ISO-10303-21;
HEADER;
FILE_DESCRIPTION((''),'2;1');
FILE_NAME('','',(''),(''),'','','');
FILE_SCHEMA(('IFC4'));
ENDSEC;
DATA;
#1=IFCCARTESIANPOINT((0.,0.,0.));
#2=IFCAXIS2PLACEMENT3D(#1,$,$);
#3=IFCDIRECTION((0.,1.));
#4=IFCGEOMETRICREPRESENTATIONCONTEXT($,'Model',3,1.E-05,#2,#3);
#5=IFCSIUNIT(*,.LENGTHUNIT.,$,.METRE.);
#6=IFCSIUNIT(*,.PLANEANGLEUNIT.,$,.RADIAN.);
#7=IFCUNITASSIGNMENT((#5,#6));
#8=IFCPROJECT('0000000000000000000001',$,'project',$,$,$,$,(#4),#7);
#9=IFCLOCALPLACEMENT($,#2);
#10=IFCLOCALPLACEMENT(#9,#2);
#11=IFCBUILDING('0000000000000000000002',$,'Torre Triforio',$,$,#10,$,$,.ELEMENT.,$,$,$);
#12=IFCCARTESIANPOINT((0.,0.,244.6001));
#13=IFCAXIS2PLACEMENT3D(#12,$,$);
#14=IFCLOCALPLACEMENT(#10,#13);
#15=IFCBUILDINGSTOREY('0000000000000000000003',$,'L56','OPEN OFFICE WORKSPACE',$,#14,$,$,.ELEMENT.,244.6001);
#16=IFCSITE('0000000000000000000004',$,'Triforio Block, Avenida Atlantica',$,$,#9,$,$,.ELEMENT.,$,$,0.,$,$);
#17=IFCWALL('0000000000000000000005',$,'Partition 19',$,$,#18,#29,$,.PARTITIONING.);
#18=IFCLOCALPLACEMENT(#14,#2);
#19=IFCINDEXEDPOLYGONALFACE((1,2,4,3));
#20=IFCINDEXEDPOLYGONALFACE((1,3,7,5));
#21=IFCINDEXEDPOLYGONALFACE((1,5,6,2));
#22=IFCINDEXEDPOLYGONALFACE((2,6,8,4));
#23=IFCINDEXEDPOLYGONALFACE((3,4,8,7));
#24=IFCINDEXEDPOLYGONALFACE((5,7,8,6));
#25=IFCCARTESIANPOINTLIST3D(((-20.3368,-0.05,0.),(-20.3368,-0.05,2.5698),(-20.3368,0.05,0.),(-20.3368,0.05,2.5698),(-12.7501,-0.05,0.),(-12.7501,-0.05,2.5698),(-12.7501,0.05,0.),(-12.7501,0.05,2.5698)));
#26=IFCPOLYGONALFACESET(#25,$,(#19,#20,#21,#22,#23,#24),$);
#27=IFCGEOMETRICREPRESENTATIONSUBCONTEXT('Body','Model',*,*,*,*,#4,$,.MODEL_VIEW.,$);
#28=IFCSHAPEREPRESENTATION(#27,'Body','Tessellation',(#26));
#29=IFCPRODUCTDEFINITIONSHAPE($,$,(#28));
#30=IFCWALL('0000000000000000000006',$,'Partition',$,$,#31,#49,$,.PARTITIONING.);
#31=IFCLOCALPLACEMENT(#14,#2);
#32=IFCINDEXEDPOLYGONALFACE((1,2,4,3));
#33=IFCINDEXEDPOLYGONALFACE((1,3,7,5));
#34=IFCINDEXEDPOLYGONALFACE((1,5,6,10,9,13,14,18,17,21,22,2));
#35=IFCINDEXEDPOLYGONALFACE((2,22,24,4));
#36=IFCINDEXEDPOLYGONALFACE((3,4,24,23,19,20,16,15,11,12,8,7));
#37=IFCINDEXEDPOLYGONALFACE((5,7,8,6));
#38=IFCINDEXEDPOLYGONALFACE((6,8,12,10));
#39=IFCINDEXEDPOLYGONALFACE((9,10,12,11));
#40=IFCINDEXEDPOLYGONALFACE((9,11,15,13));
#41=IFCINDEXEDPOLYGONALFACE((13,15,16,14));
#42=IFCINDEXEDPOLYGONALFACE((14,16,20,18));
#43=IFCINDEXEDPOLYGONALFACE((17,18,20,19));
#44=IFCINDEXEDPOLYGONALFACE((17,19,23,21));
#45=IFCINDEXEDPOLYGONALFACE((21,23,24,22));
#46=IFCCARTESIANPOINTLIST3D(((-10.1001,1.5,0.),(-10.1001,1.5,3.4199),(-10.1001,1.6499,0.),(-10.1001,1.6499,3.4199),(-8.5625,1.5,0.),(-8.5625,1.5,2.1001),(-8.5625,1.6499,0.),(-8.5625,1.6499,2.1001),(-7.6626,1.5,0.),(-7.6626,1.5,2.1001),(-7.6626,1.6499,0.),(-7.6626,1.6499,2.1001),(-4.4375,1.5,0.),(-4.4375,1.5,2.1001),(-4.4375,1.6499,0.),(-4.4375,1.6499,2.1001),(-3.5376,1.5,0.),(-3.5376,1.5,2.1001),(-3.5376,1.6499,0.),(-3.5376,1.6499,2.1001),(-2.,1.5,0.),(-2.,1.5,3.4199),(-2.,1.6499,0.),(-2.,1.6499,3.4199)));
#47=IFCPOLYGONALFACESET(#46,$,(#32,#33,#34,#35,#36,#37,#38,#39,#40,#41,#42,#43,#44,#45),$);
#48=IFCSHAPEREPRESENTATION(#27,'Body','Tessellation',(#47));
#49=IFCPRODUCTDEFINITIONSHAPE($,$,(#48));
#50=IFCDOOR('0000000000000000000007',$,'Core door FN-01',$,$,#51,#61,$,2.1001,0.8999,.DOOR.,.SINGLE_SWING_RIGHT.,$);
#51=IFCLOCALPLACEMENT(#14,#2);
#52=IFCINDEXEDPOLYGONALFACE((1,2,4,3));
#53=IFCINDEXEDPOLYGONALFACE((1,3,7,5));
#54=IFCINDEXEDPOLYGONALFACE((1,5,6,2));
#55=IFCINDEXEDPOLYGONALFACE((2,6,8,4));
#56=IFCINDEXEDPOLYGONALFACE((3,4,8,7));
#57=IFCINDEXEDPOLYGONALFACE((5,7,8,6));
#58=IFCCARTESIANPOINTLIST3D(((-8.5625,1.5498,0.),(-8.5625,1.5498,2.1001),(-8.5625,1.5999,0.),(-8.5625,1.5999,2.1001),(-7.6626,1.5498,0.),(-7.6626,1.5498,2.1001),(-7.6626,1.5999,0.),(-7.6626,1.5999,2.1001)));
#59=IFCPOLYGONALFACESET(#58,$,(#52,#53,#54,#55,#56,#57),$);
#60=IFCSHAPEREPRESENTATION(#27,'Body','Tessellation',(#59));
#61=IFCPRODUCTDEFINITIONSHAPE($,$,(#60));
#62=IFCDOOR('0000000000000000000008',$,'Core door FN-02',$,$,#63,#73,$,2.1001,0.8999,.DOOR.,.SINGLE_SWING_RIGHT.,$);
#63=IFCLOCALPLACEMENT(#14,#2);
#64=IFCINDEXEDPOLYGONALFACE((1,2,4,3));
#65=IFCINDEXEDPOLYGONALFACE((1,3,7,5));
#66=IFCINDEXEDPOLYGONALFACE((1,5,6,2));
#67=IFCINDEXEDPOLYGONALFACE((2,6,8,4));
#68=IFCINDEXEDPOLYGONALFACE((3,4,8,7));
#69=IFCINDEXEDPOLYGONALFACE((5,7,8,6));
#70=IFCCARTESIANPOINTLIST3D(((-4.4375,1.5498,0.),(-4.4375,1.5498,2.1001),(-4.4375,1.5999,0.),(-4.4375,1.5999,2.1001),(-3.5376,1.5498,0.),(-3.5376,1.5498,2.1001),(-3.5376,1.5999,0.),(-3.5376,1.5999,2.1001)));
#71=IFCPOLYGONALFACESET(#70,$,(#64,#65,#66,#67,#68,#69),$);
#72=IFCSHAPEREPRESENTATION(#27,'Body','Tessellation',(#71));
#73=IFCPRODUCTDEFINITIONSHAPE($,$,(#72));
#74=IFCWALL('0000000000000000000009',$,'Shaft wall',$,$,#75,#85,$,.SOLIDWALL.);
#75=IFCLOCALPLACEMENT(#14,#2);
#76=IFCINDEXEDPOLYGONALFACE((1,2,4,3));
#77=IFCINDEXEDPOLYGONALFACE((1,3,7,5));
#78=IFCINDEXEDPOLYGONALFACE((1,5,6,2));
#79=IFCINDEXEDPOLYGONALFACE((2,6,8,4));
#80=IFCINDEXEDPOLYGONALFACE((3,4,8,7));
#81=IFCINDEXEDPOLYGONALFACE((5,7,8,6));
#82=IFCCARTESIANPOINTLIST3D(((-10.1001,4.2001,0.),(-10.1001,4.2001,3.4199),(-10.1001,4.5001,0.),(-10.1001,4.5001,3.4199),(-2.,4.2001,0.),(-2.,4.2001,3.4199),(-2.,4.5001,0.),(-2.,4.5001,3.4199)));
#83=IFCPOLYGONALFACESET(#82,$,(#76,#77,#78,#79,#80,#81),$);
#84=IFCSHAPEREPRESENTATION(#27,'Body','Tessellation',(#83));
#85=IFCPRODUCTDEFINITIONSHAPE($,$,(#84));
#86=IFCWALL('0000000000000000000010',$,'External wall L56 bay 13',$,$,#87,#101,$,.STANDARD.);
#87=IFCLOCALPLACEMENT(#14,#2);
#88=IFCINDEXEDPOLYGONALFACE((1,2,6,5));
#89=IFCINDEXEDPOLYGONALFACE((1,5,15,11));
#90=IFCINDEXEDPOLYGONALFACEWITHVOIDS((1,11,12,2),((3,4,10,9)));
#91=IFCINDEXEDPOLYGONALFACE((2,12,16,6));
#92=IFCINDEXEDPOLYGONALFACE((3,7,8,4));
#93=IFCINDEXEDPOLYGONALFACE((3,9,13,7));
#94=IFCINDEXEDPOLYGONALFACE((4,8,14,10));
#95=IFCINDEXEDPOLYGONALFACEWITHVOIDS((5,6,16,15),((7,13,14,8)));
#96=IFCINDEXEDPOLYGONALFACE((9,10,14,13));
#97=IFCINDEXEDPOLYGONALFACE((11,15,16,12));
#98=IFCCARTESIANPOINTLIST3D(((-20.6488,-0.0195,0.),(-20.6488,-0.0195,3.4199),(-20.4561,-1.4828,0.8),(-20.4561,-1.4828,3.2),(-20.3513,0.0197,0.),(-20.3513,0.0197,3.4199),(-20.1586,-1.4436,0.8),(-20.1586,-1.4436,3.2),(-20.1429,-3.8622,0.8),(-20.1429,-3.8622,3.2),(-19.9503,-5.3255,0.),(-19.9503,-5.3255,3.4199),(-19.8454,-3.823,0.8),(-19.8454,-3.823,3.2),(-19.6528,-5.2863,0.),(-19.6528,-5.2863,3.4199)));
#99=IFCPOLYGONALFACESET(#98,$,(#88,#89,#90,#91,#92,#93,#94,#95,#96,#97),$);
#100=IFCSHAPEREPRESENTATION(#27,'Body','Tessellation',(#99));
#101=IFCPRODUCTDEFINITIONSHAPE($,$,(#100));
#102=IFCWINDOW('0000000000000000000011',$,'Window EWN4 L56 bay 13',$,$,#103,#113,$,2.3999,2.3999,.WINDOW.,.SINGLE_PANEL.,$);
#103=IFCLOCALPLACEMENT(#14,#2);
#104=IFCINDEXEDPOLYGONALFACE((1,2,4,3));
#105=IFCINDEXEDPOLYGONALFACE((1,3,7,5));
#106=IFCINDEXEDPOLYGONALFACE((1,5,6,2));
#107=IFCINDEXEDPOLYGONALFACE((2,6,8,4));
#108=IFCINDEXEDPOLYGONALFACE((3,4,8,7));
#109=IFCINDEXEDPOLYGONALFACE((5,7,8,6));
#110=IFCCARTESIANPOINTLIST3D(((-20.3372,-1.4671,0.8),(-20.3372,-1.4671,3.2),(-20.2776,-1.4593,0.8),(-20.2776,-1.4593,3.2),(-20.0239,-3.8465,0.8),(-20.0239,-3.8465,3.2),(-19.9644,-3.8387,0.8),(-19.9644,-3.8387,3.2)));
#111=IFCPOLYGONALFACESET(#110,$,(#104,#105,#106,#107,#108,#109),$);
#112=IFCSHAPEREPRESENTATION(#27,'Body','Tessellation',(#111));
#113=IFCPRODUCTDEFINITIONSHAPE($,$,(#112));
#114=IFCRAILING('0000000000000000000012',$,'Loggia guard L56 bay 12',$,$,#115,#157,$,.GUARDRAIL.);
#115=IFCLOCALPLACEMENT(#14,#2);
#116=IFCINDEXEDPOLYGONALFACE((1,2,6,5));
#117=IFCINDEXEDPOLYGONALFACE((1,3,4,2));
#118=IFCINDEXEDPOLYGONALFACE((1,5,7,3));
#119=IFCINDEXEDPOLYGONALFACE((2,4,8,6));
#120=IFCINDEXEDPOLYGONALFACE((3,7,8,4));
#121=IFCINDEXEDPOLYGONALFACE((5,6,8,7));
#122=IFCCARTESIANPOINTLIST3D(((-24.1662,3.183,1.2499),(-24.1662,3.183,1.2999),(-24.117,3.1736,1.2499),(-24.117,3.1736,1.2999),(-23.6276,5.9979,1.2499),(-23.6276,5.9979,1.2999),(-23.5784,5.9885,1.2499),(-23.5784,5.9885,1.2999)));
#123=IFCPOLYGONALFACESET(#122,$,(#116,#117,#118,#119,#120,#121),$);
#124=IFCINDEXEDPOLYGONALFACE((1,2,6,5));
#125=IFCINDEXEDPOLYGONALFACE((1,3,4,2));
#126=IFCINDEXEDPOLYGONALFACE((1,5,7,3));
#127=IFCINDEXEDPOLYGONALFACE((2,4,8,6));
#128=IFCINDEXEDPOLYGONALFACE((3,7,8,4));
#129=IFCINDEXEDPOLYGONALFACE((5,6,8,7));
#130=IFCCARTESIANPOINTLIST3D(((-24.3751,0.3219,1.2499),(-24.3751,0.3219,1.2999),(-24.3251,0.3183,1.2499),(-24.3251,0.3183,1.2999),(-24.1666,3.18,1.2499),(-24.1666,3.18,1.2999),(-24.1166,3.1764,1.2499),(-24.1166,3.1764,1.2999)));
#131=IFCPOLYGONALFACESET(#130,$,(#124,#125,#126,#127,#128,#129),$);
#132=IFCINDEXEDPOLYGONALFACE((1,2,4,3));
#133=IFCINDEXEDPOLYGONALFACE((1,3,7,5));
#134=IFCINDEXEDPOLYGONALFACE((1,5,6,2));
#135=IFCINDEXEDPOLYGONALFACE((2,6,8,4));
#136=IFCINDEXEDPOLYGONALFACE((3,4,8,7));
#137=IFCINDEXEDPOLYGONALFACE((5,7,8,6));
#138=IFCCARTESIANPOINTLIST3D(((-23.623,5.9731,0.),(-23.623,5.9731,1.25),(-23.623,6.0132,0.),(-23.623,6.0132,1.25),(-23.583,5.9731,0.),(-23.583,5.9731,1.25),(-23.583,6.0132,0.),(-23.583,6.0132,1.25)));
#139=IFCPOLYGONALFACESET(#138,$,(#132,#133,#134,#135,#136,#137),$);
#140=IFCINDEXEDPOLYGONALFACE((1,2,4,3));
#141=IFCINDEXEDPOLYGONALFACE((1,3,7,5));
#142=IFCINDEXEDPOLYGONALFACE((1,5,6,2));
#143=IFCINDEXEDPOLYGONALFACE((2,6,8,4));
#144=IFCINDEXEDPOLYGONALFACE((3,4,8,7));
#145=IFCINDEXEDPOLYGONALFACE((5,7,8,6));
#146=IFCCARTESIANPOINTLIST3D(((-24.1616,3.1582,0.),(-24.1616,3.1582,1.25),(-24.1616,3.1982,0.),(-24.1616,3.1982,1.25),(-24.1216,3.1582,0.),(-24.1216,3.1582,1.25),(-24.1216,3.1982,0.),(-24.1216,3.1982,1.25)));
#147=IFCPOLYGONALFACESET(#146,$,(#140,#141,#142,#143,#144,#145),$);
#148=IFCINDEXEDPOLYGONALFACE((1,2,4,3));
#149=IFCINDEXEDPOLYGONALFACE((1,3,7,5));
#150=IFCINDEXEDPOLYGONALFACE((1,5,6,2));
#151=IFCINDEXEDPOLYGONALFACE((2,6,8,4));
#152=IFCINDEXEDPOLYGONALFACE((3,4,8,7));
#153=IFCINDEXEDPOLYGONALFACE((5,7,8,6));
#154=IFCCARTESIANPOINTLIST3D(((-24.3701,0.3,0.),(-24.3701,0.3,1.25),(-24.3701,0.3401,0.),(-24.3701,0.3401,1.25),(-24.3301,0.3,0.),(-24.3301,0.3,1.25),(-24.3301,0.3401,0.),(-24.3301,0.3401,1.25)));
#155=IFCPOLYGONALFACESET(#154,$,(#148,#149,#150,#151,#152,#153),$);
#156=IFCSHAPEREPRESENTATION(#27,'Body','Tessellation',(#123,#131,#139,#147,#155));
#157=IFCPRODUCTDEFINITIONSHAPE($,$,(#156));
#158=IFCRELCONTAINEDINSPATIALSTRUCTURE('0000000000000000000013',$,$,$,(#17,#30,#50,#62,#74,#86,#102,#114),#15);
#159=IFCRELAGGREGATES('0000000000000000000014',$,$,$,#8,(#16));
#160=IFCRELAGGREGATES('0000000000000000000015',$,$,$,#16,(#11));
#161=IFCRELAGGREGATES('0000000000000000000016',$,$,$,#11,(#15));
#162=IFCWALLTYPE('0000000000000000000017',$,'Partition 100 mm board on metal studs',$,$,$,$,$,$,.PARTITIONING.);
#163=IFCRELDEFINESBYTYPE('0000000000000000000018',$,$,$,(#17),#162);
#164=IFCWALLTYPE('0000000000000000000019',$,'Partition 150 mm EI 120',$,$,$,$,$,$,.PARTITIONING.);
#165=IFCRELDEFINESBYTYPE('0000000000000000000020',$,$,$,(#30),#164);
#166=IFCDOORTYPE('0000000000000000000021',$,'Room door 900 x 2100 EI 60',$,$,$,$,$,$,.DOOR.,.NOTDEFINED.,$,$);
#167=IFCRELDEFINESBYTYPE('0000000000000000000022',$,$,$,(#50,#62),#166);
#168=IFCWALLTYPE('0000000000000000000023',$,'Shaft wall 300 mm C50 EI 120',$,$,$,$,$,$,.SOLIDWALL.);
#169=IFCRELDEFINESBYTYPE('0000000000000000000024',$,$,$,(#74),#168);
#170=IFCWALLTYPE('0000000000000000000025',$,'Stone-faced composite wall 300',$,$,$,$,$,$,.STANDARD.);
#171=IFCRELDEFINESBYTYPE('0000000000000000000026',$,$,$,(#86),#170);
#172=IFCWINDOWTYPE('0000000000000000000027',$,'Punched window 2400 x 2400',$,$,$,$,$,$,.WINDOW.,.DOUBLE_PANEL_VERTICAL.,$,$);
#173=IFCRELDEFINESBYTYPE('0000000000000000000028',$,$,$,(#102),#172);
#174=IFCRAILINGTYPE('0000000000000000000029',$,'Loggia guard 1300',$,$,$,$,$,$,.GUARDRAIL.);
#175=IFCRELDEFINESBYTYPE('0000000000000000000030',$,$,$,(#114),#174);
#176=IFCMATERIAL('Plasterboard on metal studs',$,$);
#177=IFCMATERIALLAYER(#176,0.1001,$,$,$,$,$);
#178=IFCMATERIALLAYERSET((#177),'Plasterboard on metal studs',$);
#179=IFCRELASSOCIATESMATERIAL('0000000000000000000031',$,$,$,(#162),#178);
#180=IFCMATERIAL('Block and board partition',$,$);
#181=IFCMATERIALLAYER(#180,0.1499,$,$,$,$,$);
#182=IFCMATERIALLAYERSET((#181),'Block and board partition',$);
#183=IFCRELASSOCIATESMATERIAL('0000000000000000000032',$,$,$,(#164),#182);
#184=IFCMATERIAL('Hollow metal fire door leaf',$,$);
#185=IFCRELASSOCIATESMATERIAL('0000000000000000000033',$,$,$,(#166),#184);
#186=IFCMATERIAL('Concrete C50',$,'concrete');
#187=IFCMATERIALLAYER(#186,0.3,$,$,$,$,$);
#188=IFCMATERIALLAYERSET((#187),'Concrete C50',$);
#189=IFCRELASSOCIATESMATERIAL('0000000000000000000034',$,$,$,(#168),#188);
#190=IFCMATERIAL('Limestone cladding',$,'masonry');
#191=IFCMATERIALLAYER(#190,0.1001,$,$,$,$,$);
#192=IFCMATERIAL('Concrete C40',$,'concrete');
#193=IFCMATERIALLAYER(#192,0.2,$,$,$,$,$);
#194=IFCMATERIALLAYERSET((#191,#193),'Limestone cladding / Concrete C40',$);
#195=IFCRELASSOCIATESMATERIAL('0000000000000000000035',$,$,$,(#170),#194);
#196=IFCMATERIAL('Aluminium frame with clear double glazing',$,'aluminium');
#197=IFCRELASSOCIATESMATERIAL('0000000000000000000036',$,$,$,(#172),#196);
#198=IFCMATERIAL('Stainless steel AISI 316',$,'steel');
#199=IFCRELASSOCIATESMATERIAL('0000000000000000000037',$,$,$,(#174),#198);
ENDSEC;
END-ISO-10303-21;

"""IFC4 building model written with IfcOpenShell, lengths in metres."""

from ifc_helpers import new_model, si_unit, direction, frame, frame_2d, origin, origin_2d, place, context, subcontext, project, spatial, rectangle, extrude, material, layer, layer_set, type_object, element, fill, save


model = new_model("IFC4")

# Units and contexts
model_context = context("Model", 3, precision=1e-05, world=origin(), true_north=direction((0.0, 1.0)))
body_context = subcontext(model_context, "Body", "Model", "MODEL_VIEW")
ifc_project = project(units=[si_unit("LENGTHUNIT", "METRE"), si_unit("PLANEANGLEUNIT", "RADIAN")], contexts=[model_context])

# Site, building, storey
site_placement = place(None, origin())
site = spatial("IfcSite", under=ifc_project, at=site_placement, Name="Triforio Block, Avenida Atlantica", CompositionType="ELEMENT", RefElevation=0.0)
building_placement = place(site_placement, origin())
building = spatial("IfcBuilding", under=site, at=building_placement, Name="Torre Triforio", CompositionType="ELEMENT")
storey_placement = place(building_placement, frame((0.0, 0.0, 244.6001)))
storey = spatial("IfcBuildingStorey", under=building, at=storey_placement, Name="L56", Description="OPEN OFFICE WORKSPACE", CompositionType="ELEMENT", Elevation=244.6001)

# Shared definitions
ifc_material_1 = material(Name="Concrete C50", Category="concrete")

# Shared definitions
ifc_material_2 = material(Name="Concrete C40", Category="concrete")

# Shared definitions
ifc_material_3 = material(Name="Hollow metal fire door leaf")

# Shared definitions
ifc_material_4 = material(Name="Plasterboard on metal studs")

# Wall
ifc_layer_1 = layer(ifc_material_4, 0.1001)
ifc_layer_set_1 = layer_set([ifc_layer_1], Name="Plasterboard on metal studs")
wall_type_1 = type_object("IfcWallType", Name="Partition 100 mm board on metal studs", PredefinedType="PARTITIONING", material=ifc_layer_set_1)
wall_1_placement = place(storey_placement, frame((-12.75, 0.0, 0.0), z_axis=(0.0, 0.0, 1.0), x_axis=(-1.0, 0.0, 0.0)))
element("IfcWall", 1, at=wall_1_placement, inside=storey, type_object=wall_type_1, Name="Partition 19", PredefinedType="PARTITIONING", context=body_context, shape_type="SweptSolid", body=[
    extrude(rectangle(XDim=7.5867, YDim=0.1001, at=frame_2d((3.7935, 0.0))), origin(), (0.0, 0.0, 1.0), 2.5698),
])

# Wall, openings, doors
ifc_material_5 = material(Name="Block and board partition")
ifc_layer_2 = layer(ifc_material_5, 0.1499)
ifc_layer_set_2 = layer_set([ifc_layer_2], Name="Block and board partition")
wall_type_2 = type_object("IfcWallType", Name="Partition 150 mm EI 120", PredefinedType="PARTITIONING", material=ifc_layer_set_2)
wall_2_placement = place(storey_placement, frame((-10.1001, 1.575, 0.0), z_axis=(0.0, 0.0, 1.0), x_axis=(1.0, 0.0, 0.0)))
wall_2 = element("IfcWall", 2, at=wall_2_placement, inside=storey, type_object=wall_type_2, Name="Partition", PredefinedType="PARTITIONING", context=body_context, shape_type="SweptSolid", body=[
    extrude(rectangle(XDim=8.1001, YDim=0.1499, at=frame_2d((4.05, 0.0))), origin(), (0.0, 0.0, 1.0), 3.4199),
])
opening_1_placement = place(wall_2_placement, frame((1.5376, 0.0, 0.0)))
opening_1 = element("IfcOpeningElement", 3, at=opening_1_placement, cuts=wall_2, PredefinedType="OPENING", context=body_context, shape_type="SweptSolid", body=[
    extrude(rectangle(XDim=0.8999, YDim=2.1001, at=frame_2d((0.45, 1.05))), frame((0.0, 0.085, 0.0), z_axis=(0.0, -1.0, 0.0), x_axis=(1.0, 0.0, 0.0)), (0.0, 0.0, 1.0), 0.1699),
])
opening_2_placement = place(wall_2_placement, frame((5.6626, 0.0, 0.0)))
opening_2 = element("IfcOpeningElement", 4, at=opening_2_placement, cuts=wall_2, PredefinedType="OPENING", context=body_context, shape_type="SweptSolid", body=[
    extrude(rectangle(XDim=0.8999, YDim=2.1001, at=frame_2d((0.45, 1.05))), frame((0.0, 0.085, 0.0), z_axis=(0.0, -1.0, 0.0), x_axis=(1.0, 0.0, 0.0)), (0.0, 0.0, 1.0), 0.1699),
])
door_type_1 = type_object("IfcDoorType", Name="Room door 900 x 2100 EI 60", OperationType="NOTDEFINED", PredefinedType="DOOR", material=ifc_material_3)
door_1_placement = place(opening_1_placement, origin())
door_1 = element("IfcDoor", 5, at=door_1_placement, inside=storey, type_object=door_type_1, Name="Core door FN-01", OperationType="SINGLE_SWING_RIGHT", OverallHeight=2.1001, OverallWidth=0.8999, PredefinedType="DOOR", context=body_context, shape_type="SweptSolid", body=[
    extrude(rectangle(XDim=0.8999, YDim=2.1001, at=frame_2d((0.45, 1.05))), frame((0.0, 0.0249, 0.0), z_axis=(0.0, -1.0, 0.0), x_axis=(1.0, 0.0, 0.0)), (0.0, 0.0, 1.0), 0.05),
])
fill(opening_1, door_1)
door_2_placement = place(opening_2_placement, origin())
door_2 = element("IfcDoor", 6, at=door_2_placement, inside=storey, type_object=door_type_1, Name="Core door FN-02", OperationType="SINGLE_SWING_RIGHT", OverallHeight=2.1001, OverallWidth=0.8999, PredefinedType="DOOR", context=body_context, shape_type="SweptSolid", body=[
    extrude(rectangle(XDim=0.8999, YDim=2.1001, at=frame_2d((0.45, 1.05))), frame((0.0, 0.0249, 0.0), z_axis=(0.0, -1.0, 0.0), x_axis=(1.0, 0.0, 0.0)), (0.0, 0.0, 1.0), 0.05),
])
fill(opening_2, door_2)

# Wall
ifc_layer_3 = layer(ifc_material_1, 0.3)
ifc_layer_set_3 = layer_set([ifc_layer_3], Name="Concrete C50")
wall_type_3 = type_object("IfcWallType", Name="Shaft wall 300 mm C50 EI 120", PredefinedType="SOLIDWALL", material=ifc_layer_set_3)
wall_3_placement = place(storey_placement, frame((-10.1001, 4.3501, 0.0), z_axis=(0.0, 0.0, 1.0), x_axis=(1.0, 0.0, 0.0)))
element("IfcWall", 7, at=wall_3_placement, inside=storey, type_object=wall_type_3, Name="Shaft wall", PredefinedType="SOLIDWALL", context=body_context, shape_type="SweptSolid", body=[
    extrude(rectangle(XDim=8.1001, YDim=0.3, at=frame_2d((4.05, 0.0))), origin(), (0.0, 0.0, 1.0), 3.4199),
])

# Shared definitions
ifc_material_6 = material(Name="Limestone cladding", Category="masonry")
ifc_layer_4 = layer(ifc_material_6, 0.1001)
ifc_layer_5 = layer(ifc_material_2, 0.2)
ifc_layer_set_4 = layer_set([ifc_layer_4, ifc_layer_5], Name="Limestone cladding / Concrete C40")
wall_type_4 = type_object("IfcWallType", Name="Stone-faced composite wall 300", PredefinedType="STANDARD", material=ifc_layer_set_4)
ifc_material_7 = material(Name="Aluminium frame with clear double glazing", Category="aluminium")

# Wall, opening, window
wall_4_placement = place(storey_placement, frame((-20.5, 0.0, 0.0), z_axis=(0.0, 0.0, 1.0), x_axis=(0.130517, -0.991446, 0.0)))
wall_4 = element("IfcWall", 8, at=wall_4_placement, inside=storey, type_object=wall_type_4, Name="External wall L56 bay 13", PredefinedType="STANDARD", context=body_context, shape_type="SweptSolid", body=[
    extrude(rectangle(XDim=5.3518, YDim=0.3, at=frame_2d((2.6758, 0.0))), origin(), (0.0, 0.0, 1.0), 3.4199),
])
opening_3_placement = place(wall_4_placement, frame((1.4758, 0.0, 0.8)))
opening_3 = element("IfcOpeningElement", 9, at=opening_3_placement, cuts=wall_4, PredefinedType="OPENING", context=body_context, shape_type="SweptSolid", body=[
    extrude(rectangle(XDim=2.3999, YDim=2.3999, at=frame_2d((1.2, 1.2))), frame((0.0, 0.1599, 0.0), z_axis=(0.0, -1.0, 0.0), x_axis=(1.0, 0.0, 0.0)), (0.0, 0.0, 1.0), 0.3201),
])
window_type_1 = type_object("IfcWindowType", Name="Punched window 2400 x 2400", PartitioningType="DOUBLE_PANEL_VERTICAL", PredefinedType="WINDOW", material=ifc_material_7)
window_1_placement = place(opening_3_placement, origin())
window_1 = element("IfcWindow", 10, at=window_1_placement, inside=storey, type_object=window_type_1, Name="Window EWN4 L56 bay 13", OverallHeight=2.3999, OverallWidth=2.3999, PartitioningType="SINGLE_PANEL", PredefinedType="WINDOW", context=body_context, shape_type="SweptSolid", body=[
    extrude(rectangle(XDim=2.3999, YDim=2.3999, at=frame_2d((1.2, 1.2))), frame((0.0, 0.03, 0.0), z_axis=(0.0, -1.0, 0.0), x_axis=(1.0, 0.0, 0.0)), (0.0, 0.0, 1.0), 0.0601),
])
fill(opening_3, window_1)

# Railing
ifc_material_8 = material(Name="Stainless steel AISI 316", Category="steel")
railing_type = type_object("IfcRailingType", Name="Loggia guard 1300", PredefinedType="GUARDRAIL", material=ifc_material_8)
railing_placement = place(storey_placement, frame((-23.603, 5.9932, 0.0)))
element("IfcRailing", 11, at=railing_placement, inside=storey, type_object=railing_type, Name="Loggia guard L56 bay 12", PredefinedType="GUARDRAIL", context=body_context, shape_type="SweptSolid", body=[
    extrude(rectangle(XDim=0.05, YDim=0.05, at=origin_2d()), frame((0.0, 0.0, 1.2749), z_axis=(-0.187918, -0.982185, 0.0), x_axis=(0.982185, -0.187918, 0.0)), (0.0, 0.0, 1.0), 2.866),
    extrude(rectangle(XDim=0.05, YDim=0.05, at=origin_2d()), frame((-0.5386, -2.8149, 1.2749), z_axis=(-0.072754, -0.99735, 0.0), x_axis=(0.99735, -0.072754, 0.0)), (0.0, 0.0, 1.0), 2.8657),
    extrude(rectangle(XDim=0.04, YDim=0.04, at=origin_2d()), origin(), (0.0, 0.0, 1.0), 1.25),
    extrude(rectangle(XDim=0.04, YDim=0.04, at=origin_2d()), frame((-0.5386, -2.8149, 0.0)), (0.0, 0.0, 1.0), 1.25),
    extrude(rectangle(XDim=0.04, YDim=0.04, at=origin_2d()), frame((-0.7471, -5.6731, 0.0)), (0.0, 0.0, 1.0), 1.25),
])

save(model, "model.ifc")
